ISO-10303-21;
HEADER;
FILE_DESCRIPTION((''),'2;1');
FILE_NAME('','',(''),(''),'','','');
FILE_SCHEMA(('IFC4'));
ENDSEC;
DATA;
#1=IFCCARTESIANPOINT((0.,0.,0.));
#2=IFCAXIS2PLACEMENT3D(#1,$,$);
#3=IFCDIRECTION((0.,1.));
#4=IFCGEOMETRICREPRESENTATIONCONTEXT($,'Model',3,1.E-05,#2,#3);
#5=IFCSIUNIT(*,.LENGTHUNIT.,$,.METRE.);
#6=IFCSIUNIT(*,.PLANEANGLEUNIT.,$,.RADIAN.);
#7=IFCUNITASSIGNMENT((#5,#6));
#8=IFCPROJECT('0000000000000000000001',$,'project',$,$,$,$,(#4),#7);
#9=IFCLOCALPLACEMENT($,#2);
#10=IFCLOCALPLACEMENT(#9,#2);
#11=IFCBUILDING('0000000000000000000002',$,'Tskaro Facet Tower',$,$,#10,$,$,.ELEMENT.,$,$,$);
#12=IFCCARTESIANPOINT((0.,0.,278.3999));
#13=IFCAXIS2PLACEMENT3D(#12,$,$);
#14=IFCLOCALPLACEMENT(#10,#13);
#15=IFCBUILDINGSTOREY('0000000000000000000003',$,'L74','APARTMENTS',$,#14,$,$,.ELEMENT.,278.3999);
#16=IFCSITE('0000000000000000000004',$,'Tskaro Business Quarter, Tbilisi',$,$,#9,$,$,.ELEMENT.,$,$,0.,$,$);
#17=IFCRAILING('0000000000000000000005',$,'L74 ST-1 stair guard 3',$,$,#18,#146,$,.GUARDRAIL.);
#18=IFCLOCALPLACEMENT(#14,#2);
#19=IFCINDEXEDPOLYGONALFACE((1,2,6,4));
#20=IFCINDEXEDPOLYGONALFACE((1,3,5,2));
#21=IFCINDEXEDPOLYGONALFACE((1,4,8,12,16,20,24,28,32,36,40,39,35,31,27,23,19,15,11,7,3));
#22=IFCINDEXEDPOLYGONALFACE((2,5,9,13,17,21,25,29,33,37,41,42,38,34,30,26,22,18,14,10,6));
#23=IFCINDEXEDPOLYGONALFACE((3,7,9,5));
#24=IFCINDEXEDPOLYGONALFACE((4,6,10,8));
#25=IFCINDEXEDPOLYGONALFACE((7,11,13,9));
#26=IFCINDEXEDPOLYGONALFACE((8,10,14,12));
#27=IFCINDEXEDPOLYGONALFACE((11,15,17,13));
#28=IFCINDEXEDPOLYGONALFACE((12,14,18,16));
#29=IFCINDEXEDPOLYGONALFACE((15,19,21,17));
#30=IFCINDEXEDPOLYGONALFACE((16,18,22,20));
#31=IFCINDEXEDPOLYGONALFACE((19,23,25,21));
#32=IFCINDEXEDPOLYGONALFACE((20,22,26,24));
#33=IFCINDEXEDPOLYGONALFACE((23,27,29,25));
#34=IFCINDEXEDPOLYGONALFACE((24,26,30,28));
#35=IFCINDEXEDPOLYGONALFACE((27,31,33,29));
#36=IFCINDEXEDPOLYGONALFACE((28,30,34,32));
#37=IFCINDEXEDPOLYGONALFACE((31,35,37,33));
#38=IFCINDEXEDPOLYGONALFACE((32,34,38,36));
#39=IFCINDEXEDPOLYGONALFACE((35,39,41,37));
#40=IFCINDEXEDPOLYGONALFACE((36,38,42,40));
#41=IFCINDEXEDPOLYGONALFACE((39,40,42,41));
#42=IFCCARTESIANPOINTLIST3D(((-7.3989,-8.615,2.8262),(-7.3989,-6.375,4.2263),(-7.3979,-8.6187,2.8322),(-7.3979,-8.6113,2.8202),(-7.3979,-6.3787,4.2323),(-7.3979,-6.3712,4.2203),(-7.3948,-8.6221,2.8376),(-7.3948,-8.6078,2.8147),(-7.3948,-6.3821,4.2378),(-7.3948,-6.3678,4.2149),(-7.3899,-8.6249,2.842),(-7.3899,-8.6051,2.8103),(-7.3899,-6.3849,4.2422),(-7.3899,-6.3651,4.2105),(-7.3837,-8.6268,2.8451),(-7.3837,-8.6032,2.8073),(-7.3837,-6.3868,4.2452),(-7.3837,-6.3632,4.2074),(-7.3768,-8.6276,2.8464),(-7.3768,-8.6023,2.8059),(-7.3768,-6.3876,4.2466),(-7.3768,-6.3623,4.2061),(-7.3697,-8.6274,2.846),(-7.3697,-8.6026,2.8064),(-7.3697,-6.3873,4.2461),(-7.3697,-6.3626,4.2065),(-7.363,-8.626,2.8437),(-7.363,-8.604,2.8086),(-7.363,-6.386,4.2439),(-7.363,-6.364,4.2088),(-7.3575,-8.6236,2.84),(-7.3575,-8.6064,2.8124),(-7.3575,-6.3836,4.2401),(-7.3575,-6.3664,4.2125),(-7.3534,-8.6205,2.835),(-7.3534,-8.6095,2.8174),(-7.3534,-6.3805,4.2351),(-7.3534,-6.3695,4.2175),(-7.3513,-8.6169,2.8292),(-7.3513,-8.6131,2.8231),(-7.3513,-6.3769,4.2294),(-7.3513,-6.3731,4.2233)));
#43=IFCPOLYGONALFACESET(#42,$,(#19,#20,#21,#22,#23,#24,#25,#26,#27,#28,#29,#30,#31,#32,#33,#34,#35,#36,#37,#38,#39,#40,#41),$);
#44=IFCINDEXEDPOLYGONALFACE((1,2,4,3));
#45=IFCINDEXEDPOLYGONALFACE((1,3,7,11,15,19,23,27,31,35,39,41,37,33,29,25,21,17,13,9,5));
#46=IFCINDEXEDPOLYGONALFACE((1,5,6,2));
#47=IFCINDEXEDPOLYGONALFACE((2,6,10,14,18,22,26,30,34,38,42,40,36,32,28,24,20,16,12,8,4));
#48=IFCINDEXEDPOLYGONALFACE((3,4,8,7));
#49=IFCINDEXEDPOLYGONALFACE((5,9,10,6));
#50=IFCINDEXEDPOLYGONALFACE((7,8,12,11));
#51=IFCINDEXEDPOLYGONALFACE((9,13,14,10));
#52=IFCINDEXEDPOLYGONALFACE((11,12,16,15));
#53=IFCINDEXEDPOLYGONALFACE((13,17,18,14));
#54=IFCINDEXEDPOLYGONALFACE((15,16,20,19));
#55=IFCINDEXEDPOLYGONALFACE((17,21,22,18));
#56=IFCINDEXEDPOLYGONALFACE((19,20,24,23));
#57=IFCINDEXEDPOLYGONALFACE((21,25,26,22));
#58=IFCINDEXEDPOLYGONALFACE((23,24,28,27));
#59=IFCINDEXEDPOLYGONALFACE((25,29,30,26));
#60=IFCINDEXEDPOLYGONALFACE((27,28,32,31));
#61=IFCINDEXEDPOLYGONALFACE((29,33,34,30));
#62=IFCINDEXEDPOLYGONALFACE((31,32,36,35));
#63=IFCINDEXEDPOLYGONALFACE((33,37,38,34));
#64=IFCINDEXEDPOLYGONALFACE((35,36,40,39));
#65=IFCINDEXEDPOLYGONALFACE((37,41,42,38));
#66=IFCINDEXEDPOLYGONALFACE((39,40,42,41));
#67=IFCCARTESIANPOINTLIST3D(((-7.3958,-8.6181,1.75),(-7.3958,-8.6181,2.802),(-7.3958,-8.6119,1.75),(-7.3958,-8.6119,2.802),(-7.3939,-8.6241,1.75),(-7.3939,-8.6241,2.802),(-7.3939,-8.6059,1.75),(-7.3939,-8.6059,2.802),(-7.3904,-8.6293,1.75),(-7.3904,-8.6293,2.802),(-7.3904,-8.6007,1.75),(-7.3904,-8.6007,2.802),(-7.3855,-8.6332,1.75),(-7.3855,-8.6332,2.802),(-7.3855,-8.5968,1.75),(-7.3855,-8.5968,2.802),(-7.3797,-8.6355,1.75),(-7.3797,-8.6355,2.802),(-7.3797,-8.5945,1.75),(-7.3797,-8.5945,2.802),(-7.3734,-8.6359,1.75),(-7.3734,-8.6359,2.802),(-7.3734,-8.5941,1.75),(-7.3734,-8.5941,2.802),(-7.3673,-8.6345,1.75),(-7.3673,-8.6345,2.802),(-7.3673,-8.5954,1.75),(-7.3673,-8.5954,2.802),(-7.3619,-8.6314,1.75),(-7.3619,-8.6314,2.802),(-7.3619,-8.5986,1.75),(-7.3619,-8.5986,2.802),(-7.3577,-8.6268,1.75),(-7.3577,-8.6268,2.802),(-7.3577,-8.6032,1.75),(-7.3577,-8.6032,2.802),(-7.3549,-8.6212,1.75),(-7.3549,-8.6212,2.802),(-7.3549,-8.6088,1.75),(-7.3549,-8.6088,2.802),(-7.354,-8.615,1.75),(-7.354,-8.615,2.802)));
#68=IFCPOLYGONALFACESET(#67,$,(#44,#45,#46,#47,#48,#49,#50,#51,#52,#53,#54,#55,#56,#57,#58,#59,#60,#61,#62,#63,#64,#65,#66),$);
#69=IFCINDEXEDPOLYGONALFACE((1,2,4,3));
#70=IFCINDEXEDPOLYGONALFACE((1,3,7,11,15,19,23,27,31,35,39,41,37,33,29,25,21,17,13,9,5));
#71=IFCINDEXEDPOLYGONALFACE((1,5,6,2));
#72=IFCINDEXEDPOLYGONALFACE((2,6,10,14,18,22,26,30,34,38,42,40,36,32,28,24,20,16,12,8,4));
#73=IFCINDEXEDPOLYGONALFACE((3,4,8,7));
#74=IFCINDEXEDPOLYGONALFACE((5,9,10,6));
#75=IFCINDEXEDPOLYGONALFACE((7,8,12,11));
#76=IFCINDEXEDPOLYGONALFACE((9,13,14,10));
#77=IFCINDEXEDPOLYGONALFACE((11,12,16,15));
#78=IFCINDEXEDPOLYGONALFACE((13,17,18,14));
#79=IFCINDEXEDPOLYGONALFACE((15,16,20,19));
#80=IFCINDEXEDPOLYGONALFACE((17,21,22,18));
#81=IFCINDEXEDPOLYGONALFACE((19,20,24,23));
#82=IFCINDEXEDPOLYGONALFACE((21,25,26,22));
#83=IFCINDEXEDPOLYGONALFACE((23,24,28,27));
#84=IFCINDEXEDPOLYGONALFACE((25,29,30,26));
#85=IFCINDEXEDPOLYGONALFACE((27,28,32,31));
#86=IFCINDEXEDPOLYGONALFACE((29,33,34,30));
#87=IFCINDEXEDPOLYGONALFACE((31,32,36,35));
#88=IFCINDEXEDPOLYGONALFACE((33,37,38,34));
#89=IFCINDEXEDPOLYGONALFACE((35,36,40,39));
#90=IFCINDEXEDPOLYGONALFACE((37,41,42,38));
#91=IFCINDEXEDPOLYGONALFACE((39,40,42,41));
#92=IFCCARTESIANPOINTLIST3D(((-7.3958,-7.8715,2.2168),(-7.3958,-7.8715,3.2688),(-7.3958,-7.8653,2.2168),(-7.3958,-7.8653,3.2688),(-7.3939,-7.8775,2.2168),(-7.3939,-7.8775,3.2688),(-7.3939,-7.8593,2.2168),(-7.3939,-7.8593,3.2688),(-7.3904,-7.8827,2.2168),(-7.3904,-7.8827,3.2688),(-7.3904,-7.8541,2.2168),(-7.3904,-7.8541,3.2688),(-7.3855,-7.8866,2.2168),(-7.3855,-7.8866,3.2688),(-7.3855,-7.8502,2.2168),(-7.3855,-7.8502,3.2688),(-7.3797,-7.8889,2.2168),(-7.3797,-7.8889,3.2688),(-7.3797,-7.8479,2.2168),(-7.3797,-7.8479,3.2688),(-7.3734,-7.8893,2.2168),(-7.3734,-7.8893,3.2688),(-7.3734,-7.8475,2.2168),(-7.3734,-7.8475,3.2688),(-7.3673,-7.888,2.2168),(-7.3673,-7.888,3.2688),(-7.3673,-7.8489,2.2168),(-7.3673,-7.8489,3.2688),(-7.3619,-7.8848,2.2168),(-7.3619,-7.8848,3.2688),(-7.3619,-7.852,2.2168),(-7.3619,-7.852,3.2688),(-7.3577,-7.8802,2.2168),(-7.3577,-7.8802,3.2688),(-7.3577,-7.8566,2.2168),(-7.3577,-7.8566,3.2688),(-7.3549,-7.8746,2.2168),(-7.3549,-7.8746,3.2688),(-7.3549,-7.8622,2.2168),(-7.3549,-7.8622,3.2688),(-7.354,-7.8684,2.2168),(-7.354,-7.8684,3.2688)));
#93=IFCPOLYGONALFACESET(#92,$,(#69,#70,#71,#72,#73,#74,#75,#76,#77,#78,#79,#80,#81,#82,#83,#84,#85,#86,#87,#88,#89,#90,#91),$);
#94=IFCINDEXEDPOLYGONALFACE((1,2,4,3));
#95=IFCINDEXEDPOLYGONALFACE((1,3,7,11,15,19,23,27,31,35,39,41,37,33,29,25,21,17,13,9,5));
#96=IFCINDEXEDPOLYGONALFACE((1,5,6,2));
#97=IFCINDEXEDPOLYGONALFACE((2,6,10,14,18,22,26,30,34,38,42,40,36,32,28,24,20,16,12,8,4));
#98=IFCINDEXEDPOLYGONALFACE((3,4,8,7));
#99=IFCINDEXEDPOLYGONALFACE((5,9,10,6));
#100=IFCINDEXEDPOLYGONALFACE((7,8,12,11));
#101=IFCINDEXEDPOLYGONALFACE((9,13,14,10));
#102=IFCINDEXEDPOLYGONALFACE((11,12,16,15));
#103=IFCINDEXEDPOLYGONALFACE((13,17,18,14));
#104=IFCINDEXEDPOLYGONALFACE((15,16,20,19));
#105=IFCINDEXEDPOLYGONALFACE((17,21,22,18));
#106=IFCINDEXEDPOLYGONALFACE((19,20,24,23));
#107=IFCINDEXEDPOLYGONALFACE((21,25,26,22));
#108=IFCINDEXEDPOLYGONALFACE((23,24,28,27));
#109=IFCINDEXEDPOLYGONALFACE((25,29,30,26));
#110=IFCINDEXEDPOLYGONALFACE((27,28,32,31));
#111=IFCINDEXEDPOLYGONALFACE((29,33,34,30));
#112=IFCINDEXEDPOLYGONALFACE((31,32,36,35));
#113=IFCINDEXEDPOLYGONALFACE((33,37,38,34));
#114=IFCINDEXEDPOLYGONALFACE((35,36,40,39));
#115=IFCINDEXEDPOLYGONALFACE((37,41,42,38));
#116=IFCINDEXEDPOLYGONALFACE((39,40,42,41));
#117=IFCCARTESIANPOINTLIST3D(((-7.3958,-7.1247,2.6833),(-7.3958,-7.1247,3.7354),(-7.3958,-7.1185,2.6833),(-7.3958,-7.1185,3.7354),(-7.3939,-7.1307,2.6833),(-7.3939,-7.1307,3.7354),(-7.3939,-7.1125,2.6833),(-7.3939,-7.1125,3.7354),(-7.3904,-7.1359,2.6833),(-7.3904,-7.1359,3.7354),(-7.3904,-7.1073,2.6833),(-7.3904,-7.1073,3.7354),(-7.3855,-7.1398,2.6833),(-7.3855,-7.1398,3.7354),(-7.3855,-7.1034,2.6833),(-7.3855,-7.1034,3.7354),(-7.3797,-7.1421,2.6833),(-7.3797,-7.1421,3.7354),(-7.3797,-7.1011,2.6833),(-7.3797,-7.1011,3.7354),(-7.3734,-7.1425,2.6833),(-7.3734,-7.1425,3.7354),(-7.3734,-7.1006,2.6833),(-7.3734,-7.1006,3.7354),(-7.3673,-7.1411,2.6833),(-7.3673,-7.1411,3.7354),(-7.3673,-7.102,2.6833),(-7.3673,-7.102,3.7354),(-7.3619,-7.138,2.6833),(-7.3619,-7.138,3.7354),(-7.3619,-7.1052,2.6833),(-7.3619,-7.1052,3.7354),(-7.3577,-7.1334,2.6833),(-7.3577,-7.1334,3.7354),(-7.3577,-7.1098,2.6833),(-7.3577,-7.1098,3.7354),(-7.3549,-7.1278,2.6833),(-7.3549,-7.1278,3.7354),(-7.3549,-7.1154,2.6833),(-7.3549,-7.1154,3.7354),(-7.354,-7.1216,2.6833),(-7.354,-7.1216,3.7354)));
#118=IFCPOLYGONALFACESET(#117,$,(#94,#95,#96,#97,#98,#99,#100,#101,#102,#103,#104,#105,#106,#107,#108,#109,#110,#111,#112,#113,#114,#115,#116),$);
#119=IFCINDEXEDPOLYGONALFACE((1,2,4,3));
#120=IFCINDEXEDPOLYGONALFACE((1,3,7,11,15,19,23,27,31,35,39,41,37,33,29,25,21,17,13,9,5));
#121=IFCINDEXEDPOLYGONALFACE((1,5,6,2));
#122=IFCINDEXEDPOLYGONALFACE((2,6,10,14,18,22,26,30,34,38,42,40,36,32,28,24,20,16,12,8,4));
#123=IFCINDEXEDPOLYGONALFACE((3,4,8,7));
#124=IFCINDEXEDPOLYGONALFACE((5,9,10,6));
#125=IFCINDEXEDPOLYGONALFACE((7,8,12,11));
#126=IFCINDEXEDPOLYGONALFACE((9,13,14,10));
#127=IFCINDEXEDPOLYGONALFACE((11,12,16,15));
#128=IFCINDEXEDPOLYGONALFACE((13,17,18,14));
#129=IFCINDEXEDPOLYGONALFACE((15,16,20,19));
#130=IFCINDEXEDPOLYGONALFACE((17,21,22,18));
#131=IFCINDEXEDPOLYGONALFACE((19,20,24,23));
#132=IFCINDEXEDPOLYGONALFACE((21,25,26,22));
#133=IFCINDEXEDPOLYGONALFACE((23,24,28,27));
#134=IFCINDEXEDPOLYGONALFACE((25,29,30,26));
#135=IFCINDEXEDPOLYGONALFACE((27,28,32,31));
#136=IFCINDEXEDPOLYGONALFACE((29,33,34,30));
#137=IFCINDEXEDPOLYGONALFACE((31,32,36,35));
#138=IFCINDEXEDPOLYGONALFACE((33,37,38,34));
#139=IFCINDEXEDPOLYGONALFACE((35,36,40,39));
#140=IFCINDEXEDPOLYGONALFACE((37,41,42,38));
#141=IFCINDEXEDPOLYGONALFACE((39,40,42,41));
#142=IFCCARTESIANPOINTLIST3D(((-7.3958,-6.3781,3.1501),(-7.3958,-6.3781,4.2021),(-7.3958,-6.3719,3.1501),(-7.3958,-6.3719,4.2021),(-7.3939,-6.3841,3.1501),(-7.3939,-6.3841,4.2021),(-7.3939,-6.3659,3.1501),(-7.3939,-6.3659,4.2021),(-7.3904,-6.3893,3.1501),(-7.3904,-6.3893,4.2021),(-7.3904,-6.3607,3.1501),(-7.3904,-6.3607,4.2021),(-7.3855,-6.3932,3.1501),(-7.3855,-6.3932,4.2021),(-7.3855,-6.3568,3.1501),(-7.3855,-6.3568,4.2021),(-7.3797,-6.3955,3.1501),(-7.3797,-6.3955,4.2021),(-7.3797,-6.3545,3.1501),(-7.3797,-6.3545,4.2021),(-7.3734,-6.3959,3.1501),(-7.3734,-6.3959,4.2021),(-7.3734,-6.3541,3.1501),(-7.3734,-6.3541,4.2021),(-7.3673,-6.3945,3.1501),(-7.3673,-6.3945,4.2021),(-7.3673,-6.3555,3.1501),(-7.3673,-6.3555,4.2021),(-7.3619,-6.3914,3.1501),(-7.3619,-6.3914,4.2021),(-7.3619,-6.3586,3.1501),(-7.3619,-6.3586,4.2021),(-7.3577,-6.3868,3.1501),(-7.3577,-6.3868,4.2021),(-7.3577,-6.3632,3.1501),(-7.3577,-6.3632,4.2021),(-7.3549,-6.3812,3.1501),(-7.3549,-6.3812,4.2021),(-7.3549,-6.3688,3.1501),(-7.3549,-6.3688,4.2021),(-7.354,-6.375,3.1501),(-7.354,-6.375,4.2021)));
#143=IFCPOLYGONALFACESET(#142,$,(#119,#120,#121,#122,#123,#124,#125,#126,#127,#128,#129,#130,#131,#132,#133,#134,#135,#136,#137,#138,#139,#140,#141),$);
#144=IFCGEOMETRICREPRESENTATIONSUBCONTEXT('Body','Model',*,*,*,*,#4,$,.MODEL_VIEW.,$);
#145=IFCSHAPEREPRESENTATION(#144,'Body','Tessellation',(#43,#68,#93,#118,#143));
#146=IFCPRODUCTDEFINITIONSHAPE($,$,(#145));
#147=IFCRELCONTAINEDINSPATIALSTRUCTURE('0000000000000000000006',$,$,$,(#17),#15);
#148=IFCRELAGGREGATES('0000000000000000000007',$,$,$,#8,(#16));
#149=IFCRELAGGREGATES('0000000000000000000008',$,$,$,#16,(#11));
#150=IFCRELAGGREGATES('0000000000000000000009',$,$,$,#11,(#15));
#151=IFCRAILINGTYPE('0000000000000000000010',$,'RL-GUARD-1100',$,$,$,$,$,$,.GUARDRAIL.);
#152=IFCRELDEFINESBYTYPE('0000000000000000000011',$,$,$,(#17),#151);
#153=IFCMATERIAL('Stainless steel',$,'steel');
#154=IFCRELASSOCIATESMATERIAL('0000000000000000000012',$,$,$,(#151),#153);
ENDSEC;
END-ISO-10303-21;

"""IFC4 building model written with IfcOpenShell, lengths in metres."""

from ifc_helpers import new_model, si_unit, direction, frame, origin, origin_2d, place, context, subcontext, project, spatial, circle, extrude, material, type_object, element, save


model = new_model("IFC4")

# Units and contexts
model_context = context("Model", 3, precision=1e-05, world=origin(), true_north=direction((0.0, 1.0)))
body_context = subcontext(model_context, "Body", "Model", "MODEL_VIEW")
ifc_project = project(units=[si_unit("LENGTHUNIT", "METRE"), si_unit("PLANEANGLEUNIT", "RADIAN")], contexts=[model_context])

# Site, building, storey
site_placement = place(None, origin())
site = spatial("IfcSite", under=ifc_project, at=site_placement, Name="Tskaro Business Quarter, Tbilisi", CompositionType="ELEMENT", RefElevation=0.0)
building_placement = place(site_placement, origin())
building = spatial("IfcBuilding", under=site, at=building_placement, Name="Tskaro Facet Tower", CompositionType="ELEMENT")
storey_placement = place(building_placement, frame((0.0, 0.0, 278.3999)))
storey = spatial("IfcBuildingStorey", under=building, at=storey_placement, Name="L74", Description="APARTMENTS", CompositionType="ELEMENT", Elevation=278.3999)

# Shared definitions
ifc_material_1 = material(Name="Stainless steel", Category="steel")

# Railing
railing_type_1 = type_object("IfcRailingType", Name="RL-GUARD-1100", PredefinedType="GUARDRAIL", material=ifc_material_1)
railing_1_placement = place(storey_placement, frame((-7.375, -8.615, 1.75)))
element("IfcRailing", 1, at=railing_1_placement, inside=storey, type_object=railing_type_1, Name="L74 ST-1 stair guard 3", PredefinedType="GUARDRAIL", context=body_context, shape_type="SweptSolid", body=[
    extrude(circle(Radius=0.0239, at=origin_2d()), frame((0.0, 0.0, 1.0762), z_axis=(0.0, 0.847972, 0.53004), x_axis=(-1.0, 0.0, 0.0)), (0.0, 0.0, 1.0), 2.6416),
    extrude(circle(Radius=0.021, at=origin_2d()), origin(), (0.0, 0.0, 1.0), 1.052),
    extrude(circle(Radius=0.021, at=origin_2d()), frame((0.0, 0.7466, 0.4668)), (0.0, 0.0, 1.0), 1.052),
    extrude(circle(Radius=0.021, at=origin_2d()), frame((0.0, 1.4934, 0.9333)), (0.0, 0.0, 1.0), 1.052),
    extrude(circle(Radius=0.021, at=origin_2d()), frame((0.0, 2.24, 1.4001)), (0.0, 0.0, 1.0), 1.052),
])

save(model, "model.ifc")
